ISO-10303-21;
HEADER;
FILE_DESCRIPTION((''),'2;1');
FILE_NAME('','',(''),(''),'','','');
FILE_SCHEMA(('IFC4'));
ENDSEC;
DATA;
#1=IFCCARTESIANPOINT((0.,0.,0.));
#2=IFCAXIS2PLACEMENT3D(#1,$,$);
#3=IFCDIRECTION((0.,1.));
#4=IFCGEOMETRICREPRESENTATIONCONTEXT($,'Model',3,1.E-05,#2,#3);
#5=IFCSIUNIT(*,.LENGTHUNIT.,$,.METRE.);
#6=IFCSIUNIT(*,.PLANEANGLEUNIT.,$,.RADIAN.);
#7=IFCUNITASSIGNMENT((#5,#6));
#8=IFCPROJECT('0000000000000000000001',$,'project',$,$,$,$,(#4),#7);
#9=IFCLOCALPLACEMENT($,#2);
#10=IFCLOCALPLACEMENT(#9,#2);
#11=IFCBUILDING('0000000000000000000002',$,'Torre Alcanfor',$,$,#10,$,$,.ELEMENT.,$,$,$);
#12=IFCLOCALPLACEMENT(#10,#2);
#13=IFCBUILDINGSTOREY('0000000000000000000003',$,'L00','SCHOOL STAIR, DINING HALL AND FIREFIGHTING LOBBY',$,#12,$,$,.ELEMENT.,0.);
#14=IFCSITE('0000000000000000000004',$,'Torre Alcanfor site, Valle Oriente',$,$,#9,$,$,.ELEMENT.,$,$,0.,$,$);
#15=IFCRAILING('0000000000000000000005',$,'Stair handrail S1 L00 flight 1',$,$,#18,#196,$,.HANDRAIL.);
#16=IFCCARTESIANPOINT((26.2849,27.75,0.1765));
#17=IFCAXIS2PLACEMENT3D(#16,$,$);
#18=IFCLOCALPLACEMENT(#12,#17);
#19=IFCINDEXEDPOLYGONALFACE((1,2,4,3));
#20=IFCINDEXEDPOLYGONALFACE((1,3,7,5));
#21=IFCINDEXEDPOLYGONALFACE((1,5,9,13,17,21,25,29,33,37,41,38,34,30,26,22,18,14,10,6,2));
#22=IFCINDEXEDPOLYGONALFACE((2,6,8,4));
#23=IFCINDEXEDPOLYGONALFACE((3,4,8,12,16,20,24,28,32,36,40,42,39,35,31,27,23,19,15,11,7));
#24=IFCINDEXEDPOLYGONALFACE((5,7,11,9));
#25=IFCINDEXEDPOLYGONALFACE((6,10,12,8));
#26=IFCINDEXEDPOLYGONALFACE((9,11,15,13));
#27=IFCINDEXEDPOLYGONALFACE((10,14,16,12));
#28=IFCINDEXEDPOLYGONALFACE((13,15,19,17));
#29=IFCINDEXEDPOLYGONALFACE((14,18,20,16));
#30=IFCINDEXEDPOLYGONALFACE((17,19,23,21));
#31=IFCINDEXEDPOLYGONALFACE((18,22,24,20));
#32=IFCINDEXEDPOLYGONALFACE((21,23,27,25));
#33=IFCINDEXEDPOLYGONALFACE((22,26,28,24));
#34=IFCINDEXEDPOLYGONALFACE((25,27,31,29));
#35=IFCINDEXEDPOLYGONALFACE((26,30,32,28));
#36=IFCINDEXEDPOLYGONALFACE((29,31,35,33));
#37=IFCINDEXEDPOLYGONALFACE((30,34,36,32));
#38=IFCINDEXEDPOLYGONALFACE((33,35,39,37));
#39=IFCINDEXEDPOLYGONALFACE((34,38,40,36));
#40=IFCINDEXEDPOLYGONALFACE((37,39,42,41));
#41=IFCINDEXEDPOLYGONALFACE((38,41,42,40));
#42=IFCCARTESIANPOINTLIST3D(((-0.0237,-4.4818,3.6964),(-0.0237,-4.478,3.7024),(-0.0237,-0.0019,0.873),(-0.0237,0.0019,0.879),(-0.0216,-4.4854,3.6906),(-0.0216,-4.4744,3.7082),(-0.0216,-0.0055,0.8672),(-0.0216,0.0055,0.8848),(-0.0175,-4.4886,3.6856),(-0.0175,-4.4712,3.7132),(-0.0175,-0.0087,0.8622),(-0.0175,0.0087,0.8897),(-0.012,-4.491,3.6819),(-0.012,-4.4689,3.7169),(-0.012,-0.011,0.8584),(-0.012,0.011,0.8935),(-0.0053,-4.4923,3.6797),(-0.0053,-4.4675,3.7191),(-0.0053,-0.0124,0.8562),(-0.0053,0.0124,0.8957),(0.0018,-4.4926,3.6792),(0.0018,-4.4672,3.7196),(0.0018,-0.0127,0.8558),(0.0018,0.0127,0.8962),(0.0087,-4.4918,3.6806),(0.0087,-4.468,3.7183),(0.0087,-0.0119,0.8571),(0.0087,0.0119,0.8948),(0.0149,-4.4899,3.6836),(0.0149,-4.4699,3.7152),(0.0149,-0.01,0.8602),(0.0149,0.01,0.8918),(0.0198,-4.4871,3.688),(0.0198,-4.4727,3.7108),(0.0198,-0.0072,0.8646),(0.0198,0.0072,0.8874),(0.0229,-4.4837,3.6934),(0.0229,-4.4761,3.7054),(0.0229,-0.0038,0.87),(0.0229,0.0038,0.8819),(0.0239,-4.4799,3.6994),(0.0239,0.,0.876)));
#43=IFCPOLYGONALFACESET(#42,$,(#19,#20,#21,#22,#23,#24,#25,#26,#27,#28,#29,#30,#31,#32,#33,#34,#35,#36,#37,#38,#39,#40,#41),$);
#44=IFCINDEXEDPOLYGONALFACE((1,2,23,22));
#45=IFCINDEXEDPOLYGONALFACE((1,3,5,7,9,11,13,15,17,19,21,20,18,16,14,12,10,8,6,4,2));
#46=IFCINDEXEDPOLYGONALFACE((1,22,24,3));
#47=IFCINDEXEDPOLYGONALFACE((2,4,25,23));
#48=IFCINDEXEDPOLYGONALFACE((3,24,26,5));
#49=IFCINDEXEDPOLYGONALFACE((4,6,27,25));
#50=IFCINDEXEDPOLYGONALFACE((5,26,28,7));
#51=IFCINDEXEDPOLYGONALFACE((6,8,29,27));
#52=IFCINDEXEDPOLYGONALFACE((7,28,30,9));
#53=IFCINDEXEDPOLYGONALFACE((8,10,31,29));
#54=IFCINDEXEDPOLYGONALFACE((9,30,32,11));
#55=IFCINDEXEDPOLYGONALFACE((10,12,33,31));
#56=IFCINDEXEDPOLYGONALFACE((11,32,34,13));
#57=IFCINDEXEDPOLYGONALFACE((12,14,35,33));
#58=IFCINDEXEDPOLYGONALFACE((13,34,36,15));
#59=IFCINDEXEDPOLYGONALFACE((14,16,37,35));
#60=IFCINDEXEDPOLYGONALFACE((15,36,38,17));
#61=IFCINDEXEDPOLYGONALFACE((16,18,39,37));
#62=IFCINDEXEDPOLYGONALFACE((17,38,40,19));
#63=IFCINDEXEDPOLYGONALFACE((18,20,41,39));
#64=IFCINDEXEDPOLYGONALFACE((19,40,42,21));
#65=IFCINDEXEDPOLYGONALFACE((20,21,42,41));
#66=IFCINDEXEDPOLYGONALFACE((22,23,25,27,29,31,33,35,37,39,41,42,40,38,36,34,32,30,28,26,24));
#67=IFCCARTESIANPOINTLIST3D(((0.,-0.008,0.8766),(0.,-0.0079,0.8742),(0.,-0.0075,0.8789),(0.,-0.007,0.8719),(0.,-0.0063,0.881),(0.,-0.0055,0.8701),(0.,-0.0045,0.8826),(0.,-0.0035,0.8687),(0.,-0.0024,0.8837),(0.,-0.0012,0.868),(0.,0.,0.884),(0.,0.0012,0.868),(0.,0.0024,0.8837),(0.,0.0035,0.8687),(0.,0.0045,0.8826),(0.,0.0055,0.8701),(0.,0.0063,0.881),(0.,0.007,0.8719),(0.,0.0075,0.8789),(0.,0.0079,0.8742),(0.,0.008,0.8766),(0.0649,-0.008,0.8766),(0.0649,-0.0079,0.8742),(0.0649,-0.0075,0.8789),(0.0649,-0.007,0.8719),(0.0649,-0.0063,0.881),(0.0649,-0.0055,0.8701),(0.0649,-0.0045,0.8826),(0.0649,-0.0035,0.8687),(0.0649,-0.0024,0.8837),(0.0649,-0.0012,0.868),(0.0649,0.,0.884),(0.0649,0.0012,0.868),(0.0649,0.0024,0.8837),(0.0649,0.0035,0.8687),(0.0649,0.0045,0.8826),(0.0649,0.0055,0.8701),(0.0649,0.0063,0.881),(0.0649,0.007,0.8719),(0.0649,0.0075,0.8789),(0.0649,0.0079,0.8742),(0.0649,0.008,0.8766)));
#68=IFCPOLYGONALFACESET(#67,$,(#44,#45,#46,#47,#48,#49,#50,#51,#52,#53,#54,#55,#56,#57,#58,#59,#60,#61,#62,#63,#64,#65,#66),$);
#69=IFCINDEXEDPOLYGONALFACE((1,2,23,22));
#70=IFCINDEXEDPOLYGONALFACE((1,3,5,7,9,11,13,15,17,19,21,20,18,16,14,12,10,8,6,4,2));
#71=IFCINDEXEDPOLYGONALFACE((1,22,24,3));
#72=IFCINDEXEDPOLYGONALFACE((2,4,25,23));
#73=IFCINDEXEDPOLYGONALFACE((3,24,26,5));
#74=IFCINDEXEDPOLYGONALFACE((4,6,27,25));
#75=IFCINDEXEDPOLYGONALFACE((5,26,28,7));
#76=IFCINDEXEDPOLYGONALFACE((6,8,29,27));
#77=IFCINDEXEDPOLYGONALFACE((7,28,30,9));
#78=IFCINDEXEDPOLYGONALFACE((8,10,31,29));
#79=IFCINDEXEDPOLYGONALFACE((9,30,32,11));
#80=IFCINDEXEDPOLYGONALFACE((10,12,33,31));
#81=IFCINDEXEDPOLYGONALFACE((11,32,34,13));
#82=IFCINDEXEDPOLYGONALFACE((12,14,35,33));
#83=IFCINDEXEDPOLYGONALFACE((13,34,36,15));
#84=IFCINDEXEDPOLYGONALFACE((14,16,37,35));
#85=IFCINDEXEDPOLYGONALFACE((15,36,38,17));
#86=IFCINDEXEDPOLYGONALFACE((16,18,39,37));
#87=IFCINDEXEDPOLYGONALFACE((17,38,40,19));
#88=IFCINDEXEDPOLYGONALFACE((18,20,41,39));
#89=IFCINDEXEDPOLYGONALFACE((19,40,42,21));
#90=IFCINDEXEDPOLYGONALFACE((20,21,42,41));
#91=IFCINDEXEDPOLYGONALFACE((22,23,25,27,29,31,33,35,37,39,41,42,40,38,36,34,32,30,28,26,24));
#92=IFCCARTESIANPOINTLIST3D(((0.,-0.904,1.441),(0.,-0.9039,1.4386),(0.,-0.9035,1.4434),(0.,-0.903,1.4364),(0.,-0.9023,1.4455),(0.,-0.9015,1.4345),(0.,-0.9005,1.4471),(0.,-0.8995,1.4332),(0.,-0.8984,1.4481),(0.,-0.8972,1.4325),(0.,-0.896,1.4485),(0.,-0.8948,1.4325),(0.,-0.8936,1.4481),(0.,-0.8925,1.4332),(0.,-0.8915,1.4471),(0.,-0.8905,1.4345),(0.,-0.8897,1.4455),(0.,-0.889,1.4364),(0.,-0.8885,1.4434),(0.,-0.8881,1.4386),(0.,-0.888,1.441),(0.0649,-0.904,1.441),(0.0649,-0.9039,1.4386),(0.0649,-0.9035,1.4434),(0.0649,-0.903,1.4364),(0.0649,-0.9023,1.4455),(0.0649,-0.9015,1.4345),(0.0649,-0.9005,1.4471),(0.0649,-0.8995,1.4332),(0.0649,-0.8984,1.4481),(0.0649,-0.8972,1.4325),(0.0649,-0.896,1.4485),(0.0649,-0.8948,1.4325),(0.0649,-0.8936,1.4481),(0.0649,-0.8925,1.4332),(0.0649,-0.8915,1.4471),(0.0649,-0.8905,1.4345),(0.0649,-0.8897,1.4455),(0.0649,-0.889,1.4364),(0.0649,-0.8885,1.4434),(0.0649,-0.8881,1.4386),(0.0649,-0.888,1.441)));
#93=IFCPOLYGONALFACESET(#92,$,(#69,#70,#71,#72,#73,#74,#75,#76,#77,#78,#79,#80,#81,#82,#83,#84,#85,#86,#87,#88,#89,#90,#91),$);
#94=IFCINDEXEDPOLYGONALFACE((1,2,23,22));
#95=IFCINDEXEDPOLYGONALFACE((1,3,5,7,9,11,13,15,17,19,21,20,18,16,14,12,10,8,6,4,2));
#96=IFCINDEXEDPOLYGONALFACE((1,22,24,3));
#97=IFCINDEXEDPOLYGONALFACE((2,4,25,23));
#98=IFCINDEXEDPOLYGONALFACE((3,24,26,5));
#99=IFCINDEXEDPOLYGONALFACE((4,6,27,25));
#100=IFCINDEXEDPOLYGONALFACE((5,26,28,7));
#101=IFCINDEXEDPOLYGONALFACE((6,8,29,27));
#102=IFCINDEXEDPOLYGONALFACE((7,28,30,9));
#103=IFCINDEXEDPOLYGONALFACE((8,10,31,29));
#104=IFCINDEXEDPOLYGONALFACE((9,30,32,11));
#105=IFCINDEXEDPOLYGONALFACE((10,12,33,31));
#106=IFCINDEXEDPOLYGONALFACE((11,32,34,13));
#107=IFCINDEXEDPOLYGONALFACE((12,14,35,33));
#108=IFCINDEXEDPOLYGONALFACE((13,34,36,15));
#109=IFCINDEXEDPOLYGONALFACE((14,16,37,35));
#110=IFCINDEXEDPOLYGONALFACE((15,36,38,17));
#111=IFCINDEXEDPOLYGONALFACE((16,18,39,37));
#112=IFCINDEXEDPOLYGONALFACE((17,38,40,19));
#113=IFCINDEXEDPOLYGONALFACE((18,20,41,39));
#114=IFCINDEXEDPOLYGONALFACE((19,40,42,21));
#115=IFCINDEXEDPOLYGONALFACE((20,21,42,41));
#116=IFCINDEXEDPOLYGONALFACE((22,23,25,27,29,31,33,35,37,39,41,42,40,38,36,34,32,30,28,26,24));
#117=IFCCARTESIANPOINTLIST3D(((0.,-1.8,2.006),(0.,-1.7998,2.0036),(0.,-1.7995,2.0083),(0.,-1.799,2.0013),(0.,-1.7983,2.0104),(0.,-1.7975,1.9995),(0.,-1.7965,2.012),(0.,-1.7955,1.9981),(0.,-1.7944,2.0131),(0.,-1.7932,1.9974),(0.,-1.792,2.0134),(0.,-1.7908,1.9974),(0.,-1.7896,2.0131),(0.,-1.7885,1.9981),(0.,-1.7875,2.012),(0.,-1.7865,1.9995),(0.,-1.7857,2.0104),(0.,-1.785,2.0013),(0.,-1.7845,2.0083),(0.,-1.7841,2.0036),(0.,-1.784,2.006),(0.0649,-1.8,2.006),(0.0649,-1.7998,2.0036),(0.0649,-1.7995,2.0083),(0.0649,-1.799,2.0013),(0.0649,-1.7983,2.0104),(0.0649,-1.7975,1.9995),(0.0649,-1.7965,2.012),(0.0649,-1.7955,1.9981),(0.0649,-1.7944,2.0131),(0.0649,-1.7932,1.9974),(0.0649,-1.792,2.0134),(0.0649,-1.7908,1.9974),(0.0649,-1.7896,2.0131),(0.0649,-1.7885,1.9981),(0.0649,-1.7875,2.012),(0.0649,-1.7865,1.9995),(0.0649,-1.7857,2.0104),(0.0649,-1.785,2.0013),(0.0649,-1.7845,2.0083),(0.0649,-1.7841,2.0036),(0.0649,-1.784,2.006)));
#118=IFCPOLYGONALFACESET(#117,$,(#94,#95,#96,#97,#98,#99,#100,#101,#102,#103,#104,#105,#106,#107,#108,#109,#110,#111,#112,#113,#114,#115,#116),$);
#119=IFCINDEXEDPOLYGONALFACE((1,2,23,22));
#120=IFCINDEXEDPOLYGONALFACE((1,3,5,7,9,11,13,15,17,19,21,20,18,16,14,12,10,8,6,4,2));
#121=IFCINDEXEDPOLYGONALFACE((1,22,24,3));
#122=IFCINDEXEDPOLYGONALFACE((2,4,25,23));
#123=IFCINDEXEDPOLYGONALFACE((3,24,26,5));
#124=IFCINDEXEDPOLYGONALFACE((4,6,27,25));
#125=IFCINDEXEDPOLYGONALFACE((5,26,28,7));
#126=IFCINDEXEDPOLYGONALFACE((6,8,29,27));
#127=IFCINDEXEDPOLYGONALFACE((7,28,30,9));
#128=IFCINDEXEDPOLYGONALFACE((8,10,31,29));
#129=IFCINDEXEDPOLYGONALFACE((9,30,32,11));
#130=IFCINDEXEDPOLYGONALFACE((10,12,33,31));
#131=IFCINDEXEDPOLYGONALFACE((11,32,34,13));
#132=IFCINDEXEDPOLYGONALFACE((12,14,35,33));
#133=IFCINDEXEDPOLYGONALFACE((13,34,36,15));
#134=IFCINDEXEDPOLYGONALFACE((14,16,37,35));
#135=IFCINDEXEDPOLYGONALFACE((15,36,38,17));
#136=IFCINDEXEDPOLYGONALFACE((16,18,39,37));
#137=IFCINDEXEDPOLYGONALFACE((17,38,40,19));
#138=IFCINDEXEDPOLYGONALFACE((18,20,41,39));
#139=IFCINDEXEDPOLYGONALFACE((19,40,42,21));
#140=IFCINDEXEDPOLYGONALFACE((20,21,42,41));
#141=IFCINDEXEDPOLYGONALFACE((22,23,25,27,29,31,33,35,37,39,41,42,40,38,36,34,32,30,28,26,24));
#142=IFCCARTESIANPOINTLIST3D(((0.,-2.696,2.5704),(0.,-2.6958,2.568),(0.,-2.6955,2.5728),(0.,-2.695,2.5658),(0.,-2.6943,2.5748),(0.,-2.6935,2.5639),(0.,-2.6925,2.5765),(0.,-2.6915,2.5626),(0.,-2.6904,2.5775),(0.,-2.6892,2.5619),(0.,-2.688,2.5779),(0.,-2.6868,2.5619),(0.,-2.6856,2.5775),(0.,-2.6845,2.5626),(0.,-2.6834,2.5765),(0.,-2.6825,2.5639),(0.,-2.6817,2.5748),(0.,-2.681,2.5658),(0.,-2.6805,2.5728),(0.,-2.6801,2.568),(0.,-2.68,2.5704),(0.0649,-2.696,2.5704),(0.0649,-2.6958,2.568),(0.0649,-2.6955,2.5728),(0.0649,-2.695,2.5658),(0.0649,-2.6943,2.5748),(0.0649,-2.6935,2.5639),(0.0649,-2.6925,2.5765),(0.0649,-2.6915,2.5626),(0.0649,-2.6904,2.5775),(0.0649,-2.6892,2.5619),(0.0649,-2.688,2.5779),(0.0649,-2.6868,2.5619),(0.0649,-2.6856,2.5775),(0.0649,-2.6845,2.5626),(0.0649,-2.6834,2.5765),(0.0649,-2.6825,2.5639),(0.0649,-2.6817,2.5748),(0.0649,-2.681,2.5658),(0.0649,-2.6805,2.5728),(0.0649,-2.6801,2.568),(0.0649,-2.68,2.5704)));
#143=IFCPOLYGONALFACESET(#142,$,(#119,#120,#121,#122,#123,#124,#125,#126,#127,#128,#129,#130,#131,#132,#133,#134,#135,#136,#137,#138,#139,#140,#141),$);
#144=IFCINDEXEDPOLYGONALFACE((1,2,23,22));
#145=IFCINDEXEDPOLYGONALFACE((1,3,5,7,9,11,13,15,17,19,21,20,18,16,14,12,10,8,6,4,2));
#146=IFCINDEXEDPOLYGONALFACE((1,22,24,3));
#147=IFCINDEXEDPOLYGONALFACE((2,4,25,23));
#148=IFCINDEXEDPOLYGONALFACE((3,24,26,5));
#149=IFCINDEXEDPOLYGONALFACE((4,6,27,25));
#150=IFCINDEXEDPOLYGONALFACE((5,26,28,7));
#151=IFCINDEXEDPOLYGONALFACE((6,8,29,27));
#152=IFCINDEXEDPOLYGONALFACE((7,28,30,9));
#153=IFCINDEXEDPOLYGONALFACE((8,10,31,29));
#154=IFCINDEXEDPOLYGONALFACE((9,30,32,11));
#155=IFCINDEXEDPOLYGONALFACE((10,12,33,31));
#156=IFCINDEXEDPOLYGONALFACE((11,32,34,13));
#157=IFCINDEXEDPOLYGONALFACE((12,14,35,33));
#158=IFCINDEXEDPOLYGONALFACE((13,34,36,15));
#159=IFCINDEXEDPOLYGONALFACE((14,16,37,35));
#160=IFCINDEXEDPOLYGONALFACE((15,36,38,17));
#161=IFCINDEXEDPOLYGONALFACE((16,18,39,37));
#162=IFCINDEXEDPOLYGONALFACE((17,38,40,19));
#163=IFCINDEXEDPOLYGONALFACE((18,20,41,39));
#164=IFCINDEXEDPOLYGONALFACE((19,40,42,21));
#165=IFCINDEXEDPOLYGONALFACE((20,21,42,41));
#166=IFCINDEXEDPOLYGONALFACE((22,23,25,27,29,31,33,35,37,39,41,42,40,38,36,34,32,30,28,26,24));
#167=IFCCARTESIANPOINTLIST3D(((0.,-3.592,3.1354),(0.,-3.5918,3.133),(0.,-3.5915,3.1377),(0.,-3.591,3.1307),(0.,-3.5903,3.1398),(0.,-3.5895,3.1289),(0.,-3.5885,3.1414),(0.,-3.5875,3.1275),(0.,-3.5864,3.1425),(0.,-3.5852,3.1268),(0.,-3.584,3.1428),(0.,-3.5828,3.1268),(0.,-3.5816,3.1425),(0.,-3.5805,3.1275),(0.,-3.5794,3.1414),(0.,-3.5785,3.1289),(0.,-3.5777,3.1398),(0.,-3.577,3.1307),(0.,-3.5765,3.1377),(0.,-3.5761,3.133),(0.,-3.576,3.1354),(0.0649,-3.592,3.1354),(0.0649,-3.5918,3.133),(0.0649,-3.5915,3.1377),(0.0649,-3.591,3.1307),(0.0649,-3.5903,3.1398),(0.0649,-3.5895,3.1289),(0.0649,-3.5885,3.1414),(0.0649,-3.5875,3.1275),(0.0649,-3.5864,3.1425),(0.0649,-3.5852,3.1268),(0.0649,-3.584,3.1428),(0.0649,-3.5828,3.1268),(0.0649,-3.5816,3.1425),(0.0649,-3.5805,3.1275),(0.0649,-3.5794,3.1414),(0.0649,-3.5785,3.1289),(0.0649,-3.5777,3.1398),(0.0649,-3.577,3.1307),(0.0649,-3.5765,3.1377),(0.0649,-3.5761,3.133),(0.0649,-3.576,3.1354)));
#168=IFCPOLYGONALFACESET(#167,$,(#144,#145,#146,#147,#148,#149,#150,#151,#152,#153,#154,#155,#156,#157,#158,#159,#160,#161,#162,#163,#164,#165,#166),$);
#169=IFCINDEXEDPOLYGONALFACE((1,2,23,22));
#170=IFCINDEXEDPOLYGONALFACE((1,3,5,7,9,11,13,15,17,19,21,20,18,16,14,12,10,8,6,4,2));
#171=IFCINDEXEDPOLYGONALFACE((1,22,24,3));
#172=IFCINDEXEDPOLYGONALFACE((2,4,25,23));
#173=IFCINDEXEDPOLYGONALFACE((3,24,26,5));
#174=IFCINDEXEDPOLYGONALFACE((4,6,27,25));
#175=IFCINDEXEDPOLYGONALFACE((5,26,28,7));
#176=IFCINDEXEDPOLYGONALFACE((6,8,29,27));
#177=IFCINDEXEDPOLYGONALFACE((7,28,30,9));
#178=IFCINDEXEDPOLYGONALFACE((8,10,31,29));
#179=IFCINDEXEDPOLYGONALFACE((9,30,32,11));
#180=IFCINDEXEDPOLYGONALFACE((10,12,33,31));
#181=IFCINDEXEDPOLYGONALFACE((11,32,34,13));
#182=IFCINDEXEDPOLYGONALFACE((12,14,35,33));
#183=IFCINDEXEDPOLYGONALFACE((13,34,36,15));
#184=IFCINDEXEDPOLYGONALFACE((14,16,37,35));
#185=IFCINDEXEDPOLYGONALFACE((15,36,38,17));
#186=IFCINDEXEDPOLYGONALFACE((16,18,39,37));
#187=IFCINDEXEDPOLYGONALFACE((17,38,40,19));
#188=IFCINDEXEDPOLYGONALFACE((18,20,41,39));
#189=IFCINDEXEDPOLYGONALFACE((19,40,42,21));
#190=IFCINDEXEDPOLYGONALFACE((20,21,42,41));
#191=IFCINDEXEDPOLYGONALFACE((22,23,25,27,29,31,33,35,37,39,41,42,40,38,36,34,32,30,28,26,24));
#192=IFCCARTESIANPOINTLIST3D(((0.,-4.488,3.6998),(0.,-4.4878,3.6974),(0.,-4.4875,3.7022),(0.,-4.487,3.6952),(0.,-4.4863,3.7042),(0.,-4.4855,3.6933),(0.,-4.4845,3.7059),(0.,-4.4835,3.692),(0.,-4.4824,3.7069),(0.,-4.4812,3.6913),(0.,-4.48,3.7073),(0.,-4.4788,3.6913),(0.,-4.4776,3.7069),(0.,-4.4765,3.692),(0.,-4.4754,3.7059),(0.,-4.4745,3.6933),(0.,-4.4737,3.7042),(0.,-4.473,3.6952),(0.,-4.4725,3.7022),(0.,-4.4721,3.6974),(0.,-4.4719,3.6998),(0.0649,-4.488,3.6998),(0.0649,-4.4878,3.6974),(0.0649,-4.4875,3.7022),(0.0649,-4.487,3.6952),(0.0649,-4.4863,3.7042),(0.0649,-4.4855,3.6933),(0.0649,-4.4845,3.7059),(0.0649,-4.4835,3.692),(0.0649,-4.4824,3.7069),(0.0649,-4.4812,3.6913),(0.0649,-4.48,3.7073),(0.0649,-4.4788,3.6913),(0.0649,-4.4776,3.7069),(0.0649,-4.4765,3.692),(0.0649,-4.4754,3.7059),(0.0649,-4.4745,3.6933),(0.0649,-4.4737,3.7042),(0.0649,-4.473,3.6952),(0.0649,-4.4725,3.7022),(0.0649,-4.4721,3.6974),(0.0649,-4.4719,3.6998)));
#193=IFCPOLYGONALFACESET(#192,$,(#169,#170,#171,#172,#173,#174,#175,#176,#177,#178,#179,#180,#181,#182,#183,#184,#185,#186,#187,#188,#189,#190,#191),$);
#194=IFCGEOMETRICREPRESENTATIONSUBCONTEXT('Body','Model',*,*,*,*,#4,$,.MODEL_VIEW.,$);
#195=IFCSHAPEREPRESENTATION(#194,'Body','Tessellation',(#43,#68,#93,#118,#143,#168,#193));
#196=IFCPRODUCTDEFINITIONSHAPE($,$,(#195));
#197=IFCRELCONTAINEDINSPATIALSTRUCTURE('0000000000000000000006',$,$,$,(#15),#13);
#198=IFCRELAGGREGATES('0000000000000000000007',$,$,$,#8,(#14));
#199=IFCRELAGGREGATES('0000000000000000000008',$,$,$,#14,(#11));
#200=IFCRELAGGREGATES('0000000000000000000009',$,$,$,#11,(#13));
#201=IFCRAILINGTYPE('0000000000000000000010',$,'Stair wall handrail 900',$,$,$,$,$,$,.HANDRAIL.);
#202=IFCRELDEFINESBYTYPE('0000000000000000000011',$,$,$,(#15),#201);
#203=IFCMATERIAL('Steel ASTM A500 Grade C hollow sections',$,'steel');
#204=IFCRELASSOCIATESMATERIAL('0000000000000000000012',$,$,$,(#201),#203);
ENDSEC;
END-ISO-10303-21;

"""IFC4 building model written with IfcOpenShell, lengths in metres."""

from ifc_helpers import new_model, si_unit, direction, frame, origin, origin_2d, place, context, subcontext, project, spatial, circle, extrude, material, type_object, element, save


model = new_model("IFC4")

# Units and contexts
model_context = context("Model", 3, precision=1e-05, world=origin(), true_north=direction((0.0, 1.0)))
body_context = subcontext(model_context, "Body", "Model", "MODEL_VIEW")
ifc_project = project(units=[si_unit("LENGTHUNIT", "METRE"), si_unit("PLANEANGLEUNIT", "RADIAN")], contexts=[model_context])

# Site, building, storey
site_placement = place(None, origin())
site = spatial("IfcSite", under=ifc_project, at=site_placement, Name="Torre Alcanfor site, Valle Oriente", CompositionType="ELEMENT", RefElevation=0.0)
building_placement = place(site_placement, origin())
building = spatial("IfcBuilding", under=site, at=building_placement, Name="Torre Alcanfor", CompositionType="ELEMENT")
storey_placement = place(building_placement, origin())
storey = spatial("IfcBuildingStorey", under=building, at=storey_placement, Name="L00", Description="SCHOOL STAIR, DINING HALL AND FIREFIGHTING LOBBY", CompositionType="ELEMENT", Elevation=0.0)

# Railing
ifc_material_1 = material(Name="Steel ASTM A500 Grade C hollow sections", Category="steel")
railing_type_1 = type_object("IfcRailingType", Name="Stair wall handrail 900", PredefinedType="HANDRAIL", material=ifc_material_1)
railing_1_placement = place(storey_placement, frame((26.2849, 27.75, 0.1765)))
element("IfcRailing", 1, at=railing_1_placement, inside=storey, type_object=railing_type_1, Name="Stair handrail S1 L00 flight 1", PredefinedType="HANDRAIL", context=body_context, shape_type="SweptSolid", body=[
    extrude(circle(Radius=0.0239, at=origin_2d()), frame((0.0, 0.0, 0.876), z_axis=(0.0, -0.845998, 0.533186), x_axis=(1.0, 0.0, 0.0)), (0.0, 0.0, 1.0), 5.2954),
    extrude(circle(Radius=0.0081, at=origin_2d()), frame((0.0, 0.0, 0.876), z_axis=(1.0, 0.0, 0.0), x_axis=(0.0, 0.0, 1.0)), (0.0, 0.0, 1.0), 0.0649),
    extrude(circle(Radius=0.0081, at=origin_2d()), frame((0.0, -0.896, 1.4404), z_axis=(1.0, 0.0, 0.0), x_axis=(0.0, 0.0, 1.0)), (0.0, 0.0, 1.0), 0.0649),
    extrude(circle(Radius=0.0081, at=origin_2d()), frame((0.0, -1.792, 2.0054), z_axis=(1.0, 0.0, 0.0), x_axis=(0.0, 0.0, 1.0)), (0.0, 0.0, 1.0), 0.0649),
    extrude(circle(Radius=0.0081, at=origin_2d()), frame((0.0, -2.688, 2.5698), z_axis=(1.0, 0.0, 0.0), x_axis=(0.0, 0.0, 1.0)), (0.0, 0.0, 1.0), 0.0649),
    extrude(circle(Radius=0.0081, at=origin_2d()), frame((0.0, -3.584, 3.1348), z_axis=(1.0, 0.0, 0.0), x_axis=(0.0, 0.0, 1.0)), (0.0, 0.0, 1.0), 0.0649),
    extrude(circle(Radius=0.0081, at=origin_2d()), frame((0.0, -4.48, 3.6992), z_axis=(1.0, 0.0, 0.0), x_axis=(0.0, 0.0, 1.0)), (0.0, 0.0, 1.0), 0.0649),
])

save(model, "model.ifc")
